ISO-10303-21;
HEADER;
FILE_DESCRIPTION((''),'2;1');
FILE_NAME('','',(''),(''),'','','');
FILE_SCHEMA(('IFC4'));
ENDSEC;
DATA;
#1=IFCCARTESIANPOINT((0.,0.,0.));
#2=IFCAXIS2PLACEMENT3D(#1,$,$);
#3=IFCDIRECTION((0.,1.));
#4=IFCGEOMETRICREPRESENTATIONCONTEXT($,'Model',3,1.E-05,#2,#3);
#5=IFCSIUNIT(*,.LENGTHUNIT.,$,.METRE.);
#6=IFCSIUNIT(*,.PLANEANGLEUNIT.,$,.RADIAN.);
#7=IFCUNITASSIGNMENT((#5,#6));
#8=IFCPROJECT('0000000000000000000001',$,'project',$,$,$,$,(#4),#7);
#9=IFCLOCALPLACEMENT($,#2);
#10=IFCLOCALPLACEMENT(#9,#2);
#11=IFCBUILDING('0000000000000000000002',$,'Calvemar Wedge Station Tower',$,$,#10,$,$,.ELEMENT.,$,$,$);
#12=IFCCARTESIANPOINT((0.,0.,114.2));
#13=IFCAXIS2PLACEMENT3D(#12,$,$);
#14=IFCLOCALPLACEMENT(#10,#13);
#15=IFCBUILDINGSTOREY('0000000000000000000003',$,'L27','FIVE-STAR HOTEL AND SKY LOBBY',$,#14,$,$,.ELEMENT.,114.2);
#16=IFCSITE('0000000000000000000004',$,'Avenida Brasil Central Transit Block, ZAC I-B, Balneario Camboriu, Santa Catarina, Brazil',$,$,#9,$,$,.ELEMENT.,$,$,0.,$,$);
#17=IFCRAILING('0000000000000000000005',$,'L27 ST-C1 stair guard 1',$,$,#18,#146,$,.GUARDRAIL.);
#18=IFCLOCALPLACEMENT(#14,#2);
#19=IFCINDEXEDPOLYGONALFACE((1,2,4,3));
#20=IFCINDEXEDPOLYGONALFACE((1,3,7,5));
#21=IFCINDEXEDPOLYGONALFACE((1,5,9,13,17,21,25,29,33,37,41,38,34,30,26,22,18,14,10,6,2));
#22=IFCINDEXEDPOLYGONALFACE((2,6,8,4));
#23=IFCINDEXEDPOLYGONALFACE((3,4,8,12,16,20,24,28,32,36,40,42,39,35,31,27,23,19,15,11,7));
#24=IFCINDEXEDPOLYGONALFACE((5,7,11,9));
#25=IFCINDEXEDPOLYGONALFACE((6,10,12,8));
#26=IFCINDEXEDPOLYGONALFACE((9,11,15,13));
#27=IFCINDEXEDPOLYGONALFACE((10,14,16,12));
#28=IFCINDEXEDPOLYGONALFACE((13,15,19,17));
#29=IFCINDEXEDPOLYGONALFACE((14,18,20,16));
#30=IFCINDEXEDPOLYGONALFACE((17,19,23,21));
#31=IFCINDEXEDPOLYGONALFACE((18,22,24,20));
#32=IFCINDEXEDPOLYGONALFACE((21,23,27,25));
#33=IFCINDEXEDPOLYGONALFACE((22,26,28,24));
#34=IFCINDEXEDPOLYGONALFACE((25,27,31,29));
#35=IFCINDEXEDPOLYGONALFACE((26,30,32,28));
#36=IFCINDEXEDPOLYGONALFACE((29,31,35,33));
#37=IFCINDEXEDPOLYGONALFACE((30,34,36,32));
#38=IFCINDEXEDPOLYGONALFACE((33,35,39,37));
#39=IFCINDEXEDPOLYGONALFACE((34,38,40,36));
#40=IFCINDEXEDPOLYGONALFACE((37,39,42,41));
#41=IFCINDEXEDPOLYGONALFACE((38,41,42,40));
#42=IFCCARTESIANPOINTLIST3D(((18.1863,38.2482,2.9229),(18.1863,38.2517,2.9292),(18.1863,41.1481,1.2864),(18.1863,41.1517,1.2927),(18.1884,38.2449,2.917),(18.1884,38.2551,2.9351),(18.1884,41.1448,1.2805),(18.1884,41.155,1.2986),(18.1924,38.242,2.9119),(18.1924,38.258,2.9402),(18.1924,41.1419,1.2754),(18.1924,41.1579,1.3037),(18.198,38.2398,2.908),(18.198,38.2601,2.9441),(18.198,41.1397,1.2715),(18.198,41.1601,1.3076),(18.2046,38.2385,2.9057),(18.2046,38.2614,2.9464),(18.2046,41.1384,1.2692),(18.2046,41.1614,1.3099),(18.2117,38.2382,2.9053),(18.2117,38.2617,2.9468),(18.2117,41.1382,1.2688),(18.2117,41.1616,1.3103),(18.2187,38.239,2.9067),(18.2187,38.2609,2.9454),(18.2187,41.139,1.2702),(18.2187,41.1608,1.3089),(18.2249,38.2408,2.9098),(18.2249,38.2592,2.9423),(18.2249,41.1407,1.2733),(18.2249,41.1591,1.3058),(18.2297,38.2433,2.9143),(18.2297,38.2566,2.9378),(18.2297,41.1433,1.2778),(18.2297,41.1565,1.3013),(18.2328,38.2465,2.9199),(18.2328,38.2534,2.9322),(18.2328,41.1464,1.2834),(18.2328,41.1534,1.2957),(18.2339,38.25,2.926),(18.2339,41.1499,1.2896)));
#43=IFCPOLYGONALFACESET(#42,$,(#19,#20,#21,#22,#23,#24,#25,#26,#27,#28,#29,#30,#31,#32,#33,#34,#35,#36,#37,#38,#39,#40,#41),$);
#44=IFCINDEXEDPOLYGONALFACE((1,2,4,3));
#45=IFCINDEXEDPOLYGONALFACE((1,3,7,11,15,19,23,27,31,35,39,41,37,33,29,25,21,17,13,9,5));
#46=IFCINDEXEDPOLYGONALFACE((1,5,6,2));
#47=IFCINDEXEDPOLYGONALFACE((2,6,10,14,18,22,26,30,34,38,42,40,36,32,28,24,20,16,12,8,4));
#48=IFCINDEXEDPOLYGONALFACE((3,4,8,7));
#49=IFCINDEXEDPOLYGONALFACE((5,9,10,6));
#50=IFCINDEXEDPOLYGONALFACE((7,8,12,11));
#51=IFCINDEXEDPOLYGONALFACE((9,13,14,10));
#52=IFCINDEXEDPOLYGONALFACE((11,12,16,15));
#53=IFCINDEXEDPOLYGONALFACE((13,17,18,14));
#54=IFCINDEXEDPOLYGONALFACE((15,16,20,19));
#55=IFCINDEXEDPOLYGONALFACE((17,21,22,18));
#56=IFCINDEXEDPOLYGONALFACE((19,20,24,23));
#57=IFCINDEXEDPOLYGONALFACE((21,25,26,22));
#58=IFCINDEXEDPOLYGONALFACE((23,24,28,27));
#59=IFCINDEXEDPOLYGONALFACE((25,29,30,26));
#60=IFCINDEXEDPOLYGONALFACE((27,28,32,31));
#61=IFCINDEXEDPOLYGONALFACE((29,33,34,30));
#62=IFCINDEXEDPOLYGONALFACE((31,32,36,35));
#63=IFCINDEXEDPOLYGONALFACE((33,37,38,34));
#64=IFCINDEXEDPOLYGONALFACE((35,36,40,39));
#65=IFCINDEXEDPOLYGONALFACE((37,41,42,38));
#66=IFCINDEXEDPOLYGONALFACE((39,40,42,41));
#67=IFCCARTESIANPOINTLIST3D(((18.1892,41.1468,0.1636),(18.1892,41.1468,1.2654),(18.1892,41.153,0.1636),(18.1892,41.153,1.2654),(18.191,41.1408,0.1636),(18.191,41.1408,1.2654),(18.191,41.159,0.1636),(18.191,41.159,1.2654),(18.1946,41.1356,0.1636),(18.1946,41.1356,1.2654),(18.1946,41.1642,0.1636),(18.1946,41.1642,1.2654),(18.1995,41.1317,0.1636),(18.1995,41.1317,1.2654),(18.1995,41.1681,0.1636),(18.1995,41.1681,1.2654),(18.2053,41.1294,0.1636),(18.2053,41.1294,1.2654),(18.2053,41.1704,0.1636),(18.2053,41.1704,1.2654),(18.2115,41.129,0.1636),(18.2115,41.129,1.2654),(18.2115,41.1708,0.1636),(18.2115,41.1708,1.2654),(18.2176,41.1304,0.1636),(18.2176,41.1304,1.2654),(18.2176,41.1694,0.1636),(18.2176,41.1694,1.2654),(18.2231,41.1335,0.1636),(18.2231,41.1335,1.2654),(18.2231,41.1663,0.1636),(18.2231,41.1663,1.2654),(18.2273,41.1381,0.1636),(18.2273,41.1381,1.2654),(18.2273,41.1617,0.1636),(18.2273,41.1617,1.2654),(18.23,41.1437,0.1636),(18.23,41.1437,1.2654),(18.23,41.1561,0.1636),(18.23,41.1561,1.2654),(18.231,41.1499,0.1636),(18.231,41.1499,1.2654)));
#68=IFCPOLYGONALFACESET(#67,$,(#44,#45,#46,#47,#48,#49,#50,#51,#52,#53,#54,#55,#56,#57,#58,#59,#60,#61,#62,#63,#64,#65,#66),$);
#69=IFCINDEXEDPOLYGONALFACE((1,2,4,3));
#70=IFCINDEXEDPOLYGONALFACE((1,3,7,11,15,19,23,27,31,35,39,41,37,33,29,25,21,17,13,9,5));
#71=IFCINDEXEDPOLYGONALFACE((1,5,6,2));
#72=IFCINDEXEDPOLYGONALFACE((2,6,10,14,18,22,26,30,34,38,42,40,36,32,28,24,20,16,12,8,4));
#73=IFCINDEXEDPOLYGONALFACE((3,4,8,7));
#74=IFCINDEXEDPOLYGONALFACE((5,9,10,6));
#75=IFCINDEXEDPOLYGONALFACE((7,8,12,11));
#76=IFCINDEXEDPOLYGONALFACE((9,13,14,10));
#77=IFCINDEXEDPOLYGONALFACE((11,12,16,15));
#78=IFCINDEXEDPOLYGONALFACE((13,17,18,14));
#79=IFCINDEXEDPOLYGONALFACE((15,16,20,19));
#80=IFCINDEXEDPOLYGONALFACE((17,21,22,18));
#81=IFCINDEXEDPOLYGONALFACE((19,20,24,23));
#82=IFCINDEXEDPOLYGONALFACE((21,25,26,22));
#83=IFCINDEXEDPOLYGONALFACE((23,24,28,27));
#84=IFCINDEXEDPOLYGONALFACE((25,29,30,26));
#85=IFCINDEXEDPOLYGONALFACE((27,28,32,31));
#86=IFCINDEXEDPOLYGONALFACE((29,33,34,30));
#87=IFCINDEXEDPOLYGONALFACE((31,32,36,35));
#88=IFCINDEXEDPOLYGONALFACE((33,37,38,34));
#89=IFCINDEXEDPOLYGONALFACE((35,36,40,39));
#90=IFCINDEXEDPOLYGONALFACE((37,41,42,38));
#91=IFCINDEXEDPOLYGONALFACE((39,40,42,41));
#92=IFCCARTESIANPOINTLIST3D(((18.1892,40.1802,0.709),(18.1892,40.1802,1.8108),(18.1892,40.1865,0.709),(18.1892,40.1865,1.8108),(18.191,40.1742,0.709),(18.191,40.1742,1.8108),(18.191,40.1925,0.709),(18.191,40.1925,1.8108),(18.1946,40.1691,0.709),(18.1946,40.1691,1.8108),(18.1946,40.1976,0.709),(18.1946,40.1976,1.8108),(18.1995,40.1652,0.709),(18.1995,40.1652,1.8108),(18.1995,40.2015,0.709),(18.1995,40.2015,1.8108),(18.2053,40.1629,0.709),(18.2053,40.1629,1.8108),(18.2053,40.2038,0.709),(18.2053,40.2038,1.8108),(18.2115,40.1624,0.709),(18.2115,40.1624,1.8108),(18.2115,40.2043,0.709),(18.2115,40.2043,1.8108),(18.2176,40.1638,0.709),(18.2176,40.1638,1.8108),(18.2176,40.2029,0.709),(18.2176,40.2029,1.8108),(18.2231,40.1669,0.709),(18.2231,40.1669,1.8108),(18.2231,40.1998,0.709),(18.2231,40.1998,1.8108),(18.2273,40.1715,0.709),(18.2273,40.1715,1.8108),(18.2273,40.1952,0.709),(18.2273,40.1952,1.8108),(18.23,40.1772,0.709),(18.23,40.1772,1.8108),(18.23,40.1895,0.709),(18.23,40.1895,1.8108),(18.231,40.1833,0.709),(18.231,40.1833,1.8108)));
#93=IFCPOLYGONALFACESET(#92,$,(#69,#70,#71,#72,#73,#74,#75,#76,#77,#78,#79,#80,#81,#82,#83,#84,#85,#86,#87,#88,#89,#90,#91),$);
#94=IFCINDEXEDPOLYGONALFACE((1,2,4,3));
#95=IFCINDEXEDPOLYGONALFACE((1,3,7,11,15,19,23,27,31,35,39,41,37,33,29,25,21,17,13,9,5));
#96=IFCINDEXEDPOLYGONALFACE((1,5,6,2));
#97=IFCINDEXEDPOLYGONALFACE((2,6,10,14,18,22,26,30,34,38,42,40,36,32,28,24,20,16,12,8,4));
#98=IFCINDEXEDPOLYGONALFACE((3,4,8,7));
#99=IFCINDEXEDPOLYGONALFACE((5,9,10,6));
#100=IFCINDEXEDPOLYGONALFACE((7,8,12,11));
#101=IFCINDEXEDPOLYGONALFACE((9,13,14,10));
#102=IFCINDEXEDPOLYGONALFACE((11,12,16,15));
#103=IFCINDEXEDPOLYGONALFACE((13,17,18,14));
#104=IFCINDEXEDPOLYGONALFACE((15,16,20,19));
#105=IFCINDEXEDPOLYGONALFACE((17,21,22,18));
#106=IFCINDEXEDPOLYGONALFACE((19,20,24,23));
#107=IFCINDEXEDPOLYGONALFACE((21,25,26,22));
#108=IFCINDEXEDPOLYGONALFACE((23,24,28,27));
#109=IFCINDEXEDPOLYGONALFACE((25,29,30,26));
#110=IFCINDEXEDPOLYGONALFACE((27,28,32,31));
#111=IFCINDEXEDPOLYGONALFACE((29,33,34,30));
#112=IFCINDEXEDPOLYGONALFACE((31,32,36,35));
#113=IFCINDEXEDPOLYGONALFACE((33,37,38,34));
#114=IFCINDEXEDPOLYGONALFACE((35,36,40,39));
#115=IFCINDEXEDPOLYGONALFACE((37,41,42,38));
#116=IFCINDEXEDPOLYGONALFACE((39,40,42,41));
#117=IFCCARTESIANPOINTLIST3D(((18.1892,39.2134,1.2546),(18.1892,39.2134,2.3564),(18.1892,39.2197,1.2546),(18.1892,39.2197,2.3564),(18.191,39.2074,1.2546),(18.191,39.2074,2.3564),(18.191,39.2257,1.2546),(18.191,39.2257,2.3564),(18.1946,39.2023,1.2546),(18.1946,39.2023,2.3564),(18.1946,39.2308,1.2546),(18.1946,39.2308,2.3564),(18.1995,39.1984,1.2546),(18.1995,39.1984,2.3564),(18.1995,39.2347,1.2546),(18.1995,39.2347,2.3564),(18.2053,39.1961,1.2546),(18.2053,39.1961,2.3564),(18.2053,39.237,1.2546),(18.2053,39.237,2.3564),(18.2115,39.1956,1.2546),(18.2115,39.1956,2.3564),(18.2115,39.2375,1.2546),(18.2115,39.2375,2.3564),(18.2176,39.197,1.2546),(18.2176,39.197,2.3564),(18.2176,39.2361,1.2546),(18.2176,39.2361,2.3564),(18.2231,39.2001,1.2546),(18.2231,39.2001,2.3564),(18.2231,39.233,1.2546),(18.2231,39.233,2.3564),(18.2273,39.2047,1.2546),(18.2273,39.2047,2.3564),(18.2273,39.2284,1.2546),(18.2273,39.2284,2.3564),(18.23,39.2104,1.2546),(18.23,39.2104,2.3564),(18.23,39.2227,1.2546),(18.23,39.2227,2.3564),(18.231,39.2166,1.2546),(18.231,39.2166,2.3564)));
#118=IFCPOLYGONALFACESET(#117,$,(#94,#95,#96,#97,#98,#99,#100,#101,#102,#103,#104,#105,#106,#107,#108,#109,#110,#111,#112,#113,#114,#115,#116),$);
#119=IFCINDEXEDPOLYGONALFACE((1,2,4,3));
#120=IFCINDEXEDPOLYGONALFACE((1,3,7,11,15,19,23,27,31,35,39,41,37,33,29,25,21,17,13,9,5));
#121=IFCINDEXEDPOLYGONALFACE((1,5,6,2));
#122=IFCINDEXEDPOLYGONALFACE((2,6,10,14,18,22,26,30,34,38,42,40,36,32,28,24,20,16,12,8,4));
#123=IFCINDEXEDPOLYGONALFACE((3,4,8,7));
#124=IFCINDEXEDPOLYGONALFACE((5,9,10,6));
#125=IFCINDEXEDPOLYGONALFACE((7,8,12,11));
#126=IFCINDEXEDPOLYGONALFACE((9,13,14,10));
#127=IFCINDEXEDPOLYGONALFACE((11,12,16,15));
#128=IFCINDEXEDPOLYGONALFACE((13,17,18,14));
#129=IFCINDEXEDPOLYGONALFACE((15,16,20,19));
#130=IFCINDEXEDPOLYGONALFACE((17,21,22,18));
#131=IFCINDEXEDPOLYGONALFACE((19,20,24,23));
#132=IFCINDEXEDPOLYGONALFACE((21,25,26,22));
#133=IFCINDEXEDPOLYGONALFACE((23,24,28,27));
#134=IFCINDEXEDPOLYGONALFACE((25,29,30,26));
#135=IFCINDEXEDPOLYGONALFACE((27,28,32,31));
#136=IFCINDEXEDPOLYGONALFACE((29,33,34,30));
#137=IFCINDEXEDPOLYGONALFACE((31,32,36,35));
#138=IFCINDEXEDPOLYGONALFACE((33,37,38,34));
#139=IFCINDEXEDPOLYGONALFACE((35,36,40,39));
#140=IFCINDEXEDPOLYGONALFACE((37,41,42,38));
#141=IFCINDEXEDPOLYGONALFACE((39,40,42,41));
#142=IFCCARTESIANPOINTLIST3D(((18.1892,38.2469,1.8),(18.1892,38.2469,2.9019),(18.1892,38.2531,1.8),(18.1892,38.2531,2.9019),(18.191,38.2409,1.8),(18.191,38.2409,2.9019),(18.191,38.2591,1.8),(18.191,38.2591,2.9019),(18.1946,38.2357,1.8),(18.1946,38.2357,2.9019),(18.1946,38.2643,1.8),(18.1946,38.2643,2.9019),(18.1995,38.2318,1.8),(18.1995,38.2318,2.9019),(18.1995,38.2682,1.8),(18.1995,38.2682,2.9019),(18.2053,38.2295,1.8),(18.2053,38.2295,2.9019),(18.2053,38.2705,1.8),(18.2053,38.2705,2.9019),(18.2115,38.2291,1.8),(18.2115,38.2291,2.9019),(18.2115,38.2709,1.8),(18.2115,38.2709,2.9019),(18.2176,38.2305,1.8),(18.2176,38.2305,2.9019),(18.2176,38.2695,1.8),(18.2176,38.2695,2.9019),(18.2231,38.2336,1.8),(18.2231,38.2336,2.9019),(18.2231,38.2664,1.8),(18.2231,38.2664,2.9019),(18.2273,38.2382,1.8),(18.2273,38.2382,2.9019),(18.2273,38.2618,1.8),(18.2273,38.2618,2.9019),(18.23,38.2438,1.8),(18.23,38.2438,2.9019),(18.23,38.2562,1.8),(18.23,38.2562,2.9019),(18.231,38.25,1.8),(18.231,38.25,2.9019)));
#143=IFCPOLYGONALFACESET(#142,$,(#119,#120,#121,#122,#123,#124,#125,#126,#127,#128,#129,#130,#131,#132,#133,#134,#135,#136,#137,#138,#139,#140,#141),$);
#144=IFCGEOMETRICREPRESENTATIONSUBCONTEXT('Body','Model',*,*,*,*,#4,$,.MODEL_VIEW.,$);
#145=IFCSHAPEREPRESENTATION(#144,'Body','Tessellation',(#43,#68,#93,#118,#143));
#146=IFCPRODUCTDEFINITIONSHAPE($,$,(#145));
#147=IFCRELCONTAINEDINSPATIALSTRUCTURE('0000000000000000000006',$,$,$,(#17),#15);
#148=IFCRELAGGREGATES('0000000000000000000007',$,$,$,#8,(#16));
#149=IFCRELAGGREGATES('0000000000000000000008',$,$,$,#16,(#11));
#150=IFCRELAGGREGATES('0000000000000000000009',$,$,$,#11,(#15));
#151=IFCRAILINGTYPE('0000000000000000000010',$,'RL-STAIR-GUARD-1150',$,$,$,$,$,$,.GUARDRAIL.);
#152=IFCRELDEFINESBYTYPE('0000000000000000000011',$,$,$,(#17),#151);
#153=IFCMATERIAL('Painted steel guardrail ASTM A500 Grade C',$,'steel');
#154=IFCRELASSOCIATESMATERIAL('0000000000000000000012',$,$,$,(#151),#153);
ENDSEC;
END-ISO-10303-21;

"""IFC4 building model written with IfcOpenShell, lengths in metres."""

from ifc_helpers import new_model, si_unit, direction, frame, origin, origin_2d, place, context, subcontext, project, spatial, circle, extrude, material, type_object, element, save


model = new_model("IFC4")

# Units and contexts
model_context = context("Model", 3, precision=1e-05, world=origin(), true_north=direction((0.0, 1.0)))
body_context = subcontext(model_context, "Body", "Model", "MODEL_VIEW")
ifc_project = project(units=[si_unit("LENGTHUNIT", "METRE"), si_unit("PLANEANGLEUNIT", "RADIAN")], contexts=[model_context])

# Site, building, storey
site_placement = place(None, origin())
site = spatial("IfcSite", under=ifc_project, at=site_placement, Name="Avenida Brasil Central Transit Block, ZAC I-B, Balneario Camboriu, Santa Catarina, Brazil", CompositionType="ELEMENT", RefElevation=0.0)
building_placement = place(site_placement, origin())
building = spatial("IfcBuilding", under=site, at=building_placement, Name="Calvemar Wedge Station Tower", CompositionType="ELEMENT")
storey_placement = place(building_placement, frame((0.0, 0.0, 114.2)))
storey = spatial("IfcBuildingStorey", under=building, at=storey_placement, Name="L27", Description="FIVE-STAR HOTEL AND SKY LOBBY", CompositionType="ELEMENT", Elevation=114.2)

# Railing
ifc_material_1 = material(Name="Painted steel guardrail ASTM A500 Grade C", Category="steel")
railing_type_1 = type_object("IfcRailingType", Name="RL-STAIR-GUARD-1150", PredefinedType="GUARDRAIL", material=ifc_material_1)
railing_1_placement = place(storey_placement, frame((18.21, 41.1499, 0.1636)))
element("IfcRailing", 1, at=railing_1_placement, inside=storey, type_object=railing_type_1, Name="L27 ST-C1 stair guard 1", PredefinedType="GUARDRAIL", context=body_context, shape_type="SweptSolid", body=[
    extrude(circle(Radius=0.0239, at=origin_2d()), frame((0.0, 0.0, 1.126), z_axis=(0.0, -0.870897, 0.491465), x_axis=(1.0, 0.0, 0.0)), (0.0, 0.0, 1.0), 3.3298),
    extrude(circle(Radius=0.021, at=origin_2d()), origin(), (0.0, 0.0, 1.0), 1.1018),
    extrude(circle(Radius=0.021, at=origin_2d()), frame((0.0, -0.9666, 0.5454)), (0.0, 0.0, 1.0), 1.1018),
    extrude(circle(Radius=0.021, at=origin_2d()), frame((0.0, -1.9333, 1.0911)), (0.0, 0.0, 1.0), 1.1018),
    extrude(circle(Radius=0.021, at=origin_2d()), frame((0.0, -2.8999, 1.6365)), (0.0, 0.0, 1.0), 1.1018),
])

save(model, "model.ifc")
